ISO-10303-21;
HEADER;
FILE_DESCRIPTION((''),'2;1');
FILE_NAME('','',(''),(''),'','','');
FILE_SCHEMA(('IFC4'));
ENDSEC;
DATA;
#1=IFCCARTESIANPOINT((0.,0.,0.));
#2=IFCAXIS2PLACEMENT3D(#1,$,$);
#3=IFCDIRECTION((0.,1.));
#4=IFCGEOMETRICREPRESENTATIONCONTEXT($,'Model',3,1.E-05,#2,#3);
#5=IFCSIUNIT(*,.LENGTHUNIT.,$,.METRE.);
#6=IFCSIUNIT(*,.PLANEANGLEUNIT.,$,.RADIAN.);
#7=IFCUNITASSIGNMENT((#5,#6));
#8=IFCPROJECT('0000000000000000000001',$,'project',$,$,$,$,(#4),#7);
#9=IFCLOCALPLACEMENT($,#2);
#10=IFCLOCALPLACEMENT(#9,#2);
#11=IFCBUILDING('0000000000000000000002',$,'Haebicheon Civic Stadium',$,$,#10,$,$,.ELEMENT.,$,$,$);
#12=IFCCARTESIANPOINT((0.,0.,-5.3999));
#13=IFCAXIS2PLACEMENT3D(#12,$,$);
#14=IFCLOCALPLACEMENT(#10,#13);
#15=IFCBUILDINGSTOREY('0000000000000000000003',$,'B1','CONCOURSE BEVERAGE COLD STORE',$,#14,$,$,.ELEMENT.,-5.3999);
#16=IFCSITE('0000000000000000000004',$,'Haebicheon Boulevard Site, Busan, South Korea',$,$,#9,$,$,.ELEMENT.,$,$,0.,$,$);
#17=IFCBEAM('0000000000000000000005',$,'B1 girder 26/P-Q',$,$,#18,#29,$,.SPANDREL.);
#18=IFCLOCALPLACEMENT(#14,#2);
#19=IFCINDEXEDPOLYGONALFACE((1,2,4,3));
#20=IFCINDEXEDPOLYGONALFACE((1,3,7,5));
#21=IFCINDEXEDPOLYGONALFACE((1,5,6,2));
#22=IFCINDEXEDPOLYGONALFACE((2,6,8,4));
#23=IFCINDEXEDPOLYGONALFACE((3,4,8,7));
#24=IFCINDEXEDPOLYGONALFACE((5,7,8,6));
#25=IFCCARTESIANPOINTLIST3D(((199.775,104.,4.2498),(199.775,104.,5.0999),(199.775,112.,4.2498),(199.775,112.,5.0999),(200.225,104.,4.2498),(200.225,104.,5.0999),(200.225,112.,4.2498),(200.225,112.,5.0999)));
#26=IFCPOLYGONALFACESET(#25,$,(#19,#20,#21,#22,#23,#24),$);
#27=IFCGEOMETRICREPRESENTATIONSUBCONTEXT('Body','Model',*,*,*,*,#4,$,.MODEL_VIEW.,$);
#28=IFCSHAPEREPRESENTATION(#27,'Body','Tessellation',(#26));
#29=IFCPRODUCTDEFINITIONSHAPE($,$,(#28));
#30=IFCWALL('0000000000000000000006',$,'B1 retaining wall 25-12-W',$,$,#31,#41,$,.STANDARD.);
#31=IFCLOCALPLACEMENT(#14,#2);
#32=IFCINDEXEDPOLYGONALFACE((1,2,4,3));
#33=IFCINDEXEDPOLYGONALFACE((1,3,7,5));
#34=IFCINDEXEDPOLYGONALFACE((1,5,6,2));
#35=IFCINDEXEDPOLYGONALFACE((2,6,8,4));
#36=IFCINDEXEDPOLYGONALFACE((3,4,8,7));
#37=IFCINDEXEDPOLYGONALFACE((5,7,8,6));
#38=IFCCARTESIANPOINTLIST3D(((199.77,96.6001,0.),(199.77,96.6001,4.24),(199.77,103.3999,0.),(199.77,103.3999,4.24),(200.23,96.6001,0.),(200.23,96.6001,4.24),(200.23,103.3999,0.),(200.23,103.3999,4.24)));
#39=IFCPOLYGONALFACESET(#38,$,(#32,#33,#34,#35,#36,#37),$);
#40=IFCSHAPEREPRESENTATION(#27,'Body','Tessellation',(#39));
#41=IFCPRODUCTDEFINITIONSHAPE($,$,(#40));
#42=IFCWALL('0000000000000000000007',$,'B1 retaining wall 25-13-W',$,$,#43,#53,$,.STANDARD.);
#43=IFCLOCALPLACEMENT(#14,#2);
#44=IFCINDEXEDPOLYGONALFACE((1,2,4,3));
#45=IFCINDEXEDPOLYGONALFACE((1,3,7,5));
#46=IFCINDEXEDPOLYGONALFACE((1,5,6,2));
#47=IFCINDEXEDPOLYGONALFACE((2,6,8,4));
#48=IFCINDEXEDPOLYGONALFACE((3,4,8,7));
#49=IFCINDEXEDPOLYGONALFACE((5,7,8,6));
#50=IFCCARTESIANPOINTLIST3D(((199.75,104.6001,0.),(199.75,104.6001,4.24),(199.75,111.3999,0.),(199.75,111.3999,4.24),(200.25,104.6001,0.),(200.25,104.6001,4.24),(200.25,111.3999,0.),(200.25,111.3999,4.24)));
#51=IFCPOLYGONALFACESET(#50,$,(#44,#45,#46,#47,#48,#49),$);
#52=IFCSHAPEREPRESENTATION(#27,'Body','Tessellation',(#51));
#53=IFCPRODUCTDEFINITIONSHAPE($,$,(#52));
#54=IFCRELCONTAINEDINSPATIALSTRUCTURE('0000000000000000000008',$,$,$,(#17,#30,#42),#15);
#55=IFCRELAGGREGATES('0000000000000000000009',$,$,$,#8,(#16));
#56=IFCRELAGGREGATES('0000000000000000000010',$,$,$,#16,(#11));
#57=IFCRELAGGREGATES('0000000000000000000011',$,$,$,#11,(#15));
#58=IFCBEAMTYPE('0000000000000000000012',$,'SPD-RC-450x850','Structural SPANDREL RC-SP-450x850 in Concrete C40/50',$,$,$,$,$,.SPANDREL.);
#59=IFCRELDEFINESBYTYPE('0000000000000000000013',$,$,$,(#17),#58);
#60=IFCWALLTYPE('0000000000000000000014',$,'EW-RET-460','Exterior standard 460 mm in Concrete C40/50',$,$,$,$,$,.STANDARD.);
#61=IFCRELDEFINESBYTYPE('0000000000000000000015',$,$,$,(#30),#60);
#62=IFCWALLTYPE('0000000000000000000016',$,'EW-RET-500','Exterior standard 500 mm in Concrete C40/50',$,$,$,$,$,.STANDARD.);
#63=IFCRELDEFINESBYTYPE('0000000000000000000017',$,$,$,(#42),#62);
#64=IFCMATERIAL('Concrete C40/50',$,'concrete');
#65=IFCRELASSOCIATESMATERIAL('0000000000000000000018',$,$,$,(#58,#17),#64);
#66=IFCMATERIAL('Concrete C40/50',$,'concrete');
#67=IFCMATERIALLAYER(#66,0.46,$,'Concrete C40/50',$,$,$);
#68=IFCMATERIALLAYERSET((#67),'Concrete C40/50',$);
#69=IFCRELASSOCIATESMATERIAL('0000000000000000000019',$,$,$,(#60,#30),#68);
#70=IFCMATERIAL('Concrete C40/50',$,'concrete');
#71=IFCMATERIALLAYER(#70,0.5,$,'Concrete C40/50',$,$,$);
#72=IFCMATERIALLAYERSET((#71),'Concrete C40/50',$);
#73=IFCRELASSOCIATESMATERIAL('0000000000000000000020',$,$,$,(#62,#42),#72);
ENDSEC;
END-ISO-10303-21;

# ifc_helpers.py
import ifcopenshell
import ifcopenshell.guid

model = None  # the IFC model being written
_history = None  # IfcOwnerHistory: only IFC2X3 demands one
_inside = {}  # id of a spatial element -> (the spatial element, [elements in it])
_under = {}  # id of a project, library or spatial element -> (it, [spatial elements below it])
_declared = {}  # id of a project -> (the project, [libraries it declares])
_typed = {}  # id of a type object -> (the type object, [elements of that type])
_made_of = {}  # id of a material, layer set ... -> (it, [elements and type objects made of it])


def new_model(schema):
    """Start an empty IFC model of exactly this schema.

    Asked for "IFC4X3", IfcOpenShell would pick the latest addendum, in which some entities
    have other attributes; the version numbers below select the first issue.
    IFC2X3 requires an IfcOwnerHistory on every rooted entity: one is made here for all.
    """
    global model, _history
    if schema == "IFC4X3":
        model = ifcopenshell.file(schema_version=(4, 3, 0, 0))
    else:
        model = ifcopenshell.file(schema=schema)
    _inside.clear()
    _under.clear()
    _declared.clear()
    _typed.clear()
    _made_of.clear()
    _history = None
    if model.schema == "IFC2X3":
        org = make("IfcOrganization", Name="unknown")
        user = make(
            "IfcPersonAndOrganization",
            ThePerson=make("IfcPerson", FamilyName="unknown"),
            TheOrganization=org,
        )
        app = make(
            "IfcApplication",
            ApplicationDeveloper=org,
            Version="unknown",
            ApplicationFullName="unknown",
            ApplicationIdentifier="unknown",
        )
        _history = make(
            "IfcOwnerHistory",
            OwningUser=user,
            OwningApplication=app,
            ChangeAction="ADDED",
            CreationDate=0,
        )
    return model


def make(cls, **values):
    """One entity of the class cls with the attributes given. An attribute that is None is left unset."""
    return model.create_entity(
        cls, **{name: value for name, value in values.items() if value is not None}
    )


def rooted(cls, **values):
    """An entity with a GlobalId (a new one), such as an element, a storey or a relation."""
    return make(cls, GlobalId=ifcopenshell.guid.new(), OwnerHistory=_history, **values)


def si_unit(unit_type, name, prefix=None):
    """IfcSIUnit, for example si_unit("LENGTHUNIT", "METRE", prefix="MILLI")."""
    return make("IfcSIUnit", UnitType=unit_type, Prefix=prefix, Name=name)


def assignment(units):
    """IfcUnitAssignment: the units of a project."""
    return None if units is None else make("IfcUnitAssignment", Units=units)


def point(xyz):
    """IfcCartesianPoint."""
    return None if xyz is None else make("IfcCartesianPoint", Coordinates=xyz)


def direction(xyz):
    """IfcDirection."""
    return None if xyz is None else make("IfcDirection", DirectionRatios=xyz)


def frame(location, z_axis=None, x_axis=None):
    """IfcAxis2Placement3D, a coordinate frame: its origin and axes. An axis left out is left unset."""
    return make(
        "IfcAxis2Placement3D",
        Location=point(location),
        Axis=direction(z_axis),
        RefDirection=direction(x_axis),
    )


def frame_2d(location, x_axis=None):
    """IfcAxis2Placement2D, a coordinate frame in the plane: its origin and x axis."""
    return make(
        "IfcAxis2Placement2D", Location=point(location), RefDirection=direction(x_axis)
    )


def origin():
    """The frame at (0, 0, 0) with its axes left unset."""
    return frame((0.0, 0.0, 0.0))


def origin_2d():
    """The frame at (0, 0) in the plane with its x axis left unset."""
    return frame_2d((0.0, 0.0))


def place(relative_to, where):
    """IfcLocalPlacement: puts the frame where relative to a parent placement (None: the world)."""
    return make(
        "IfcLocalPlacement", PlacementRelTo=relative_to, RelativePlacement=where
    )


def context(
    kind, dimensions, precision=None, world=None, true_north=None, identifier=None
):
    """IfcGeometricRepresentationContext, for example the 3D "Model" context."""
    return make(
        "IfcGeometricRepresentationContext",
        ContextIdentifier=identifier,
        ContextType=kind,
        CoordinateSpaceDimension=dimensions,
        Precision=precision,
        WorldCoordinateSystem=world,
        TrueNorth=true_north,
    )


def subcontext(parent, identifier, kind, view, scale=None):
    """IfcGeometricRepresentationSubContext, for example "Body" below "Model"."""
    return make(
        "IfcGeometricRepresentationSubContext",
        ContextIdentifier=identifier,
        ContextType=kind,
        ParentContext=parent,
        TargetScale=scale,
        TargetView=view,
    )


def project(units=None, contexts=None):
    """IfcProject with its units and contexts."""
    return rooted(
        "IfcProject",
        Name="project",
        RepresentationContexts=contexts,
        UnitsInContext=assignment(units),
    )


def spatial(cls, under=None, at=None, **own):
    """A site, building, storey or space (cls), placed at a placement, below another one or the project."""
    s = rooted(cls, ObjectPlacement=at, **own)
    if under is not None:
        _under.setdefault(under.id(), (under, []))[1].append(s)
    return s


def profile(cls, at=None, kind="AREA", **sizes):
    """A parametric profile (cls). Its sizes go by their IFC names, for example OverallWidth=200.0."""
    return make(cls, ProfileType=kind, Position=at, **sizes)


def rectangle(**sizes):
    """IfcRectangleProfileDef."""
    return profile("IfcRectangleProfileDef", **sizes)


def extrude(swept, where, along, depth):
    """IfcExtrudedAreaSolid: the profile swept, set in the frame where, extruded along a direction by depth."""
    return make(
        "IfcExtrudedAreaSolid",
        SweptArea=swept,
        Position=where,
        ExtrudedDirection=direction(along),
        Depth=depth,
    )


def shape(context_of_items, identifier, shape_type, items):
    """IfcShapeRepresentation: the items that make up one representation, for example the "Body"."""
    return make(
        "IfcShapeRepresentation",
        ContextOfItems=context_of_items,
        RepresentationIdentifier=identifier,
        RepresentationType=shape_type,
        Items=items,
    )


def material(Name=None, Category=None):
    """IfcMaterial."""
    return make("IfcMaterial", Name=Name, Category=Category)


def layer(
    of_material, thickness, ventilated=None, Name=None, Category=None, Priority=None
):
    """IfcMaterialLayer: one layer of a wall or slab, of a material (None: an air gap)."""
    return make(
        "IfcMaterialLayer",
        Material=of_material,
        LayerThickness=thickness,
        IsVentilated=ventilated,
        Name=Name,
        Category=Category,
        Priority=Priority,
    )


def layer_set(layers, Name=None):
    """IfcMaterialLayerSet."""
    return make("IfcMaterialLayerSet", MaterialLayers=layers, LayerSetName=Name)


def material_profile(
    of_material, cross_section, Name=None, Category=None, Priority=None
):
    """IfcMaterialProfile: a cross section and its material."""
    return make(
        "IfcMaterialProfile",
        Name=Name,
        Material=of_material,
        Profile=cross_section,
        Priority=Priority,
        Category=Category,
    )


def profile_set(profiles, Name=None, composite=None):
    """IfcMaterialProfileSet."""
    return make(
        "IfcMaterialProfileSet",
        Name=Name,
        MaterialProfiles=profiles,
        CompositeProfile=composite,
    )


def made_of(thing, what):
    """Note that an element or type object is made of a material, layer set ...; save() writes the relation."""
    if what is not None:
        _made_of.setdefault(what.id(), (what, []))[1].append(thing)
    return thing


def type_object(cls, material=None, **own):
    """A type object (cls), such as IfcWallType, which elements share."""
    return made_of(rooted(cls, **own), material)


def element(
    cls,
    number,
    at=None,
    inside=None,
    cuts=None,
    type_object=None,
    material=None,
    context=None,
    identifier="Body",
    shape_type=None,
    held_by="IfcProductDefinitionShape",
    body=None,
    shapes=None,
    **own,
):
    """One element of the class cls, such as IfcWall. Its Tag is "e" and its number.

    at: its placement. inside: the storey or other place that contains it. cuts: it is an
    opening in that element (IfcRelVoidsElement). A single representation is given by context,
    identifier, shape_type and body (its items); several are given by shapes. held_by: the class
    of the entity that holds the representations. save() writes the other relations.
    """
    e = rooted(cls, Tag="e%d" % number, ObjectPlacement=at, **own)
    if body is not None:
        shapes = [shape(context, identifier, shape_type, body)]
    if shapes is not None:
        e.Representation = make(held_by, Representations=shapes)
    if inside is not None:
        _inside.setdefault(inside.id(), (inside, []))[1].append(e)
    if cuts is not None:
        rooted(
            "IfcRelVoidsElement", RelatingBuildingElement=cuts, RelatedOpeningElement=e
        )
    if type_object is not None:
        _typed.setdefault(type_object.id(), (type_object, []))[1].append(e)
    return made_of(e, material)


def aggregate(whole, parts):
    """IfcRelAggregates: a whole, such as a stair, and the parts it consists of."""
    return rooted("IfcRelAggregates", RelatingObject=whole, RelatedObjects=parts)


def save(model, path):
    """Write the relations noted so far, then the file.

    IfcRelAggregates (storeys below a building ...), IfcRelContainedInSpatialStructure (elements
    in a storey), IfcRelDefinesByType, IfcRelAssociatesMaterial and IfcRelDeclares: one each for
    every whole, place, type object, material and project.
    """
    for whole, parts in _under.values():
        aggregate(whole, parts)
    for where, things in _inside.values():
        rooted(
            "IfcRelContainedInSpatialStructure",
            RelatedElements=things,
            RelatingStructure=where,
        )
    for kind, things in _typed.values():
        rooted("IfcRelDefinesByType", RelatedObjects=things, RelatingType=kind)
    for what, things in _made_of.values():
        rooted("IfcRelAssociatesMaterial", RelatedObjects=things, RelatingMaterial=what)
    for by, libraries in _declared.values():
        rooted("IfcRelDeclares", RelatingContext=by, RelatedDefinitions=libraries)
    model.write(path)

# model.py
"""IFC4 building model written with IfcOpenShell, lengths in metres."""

from ifc_helpers import new_model, si_unit, direction, frame, frame_2d, origin, origin_2d, place, context, subcontext, project, spatial, rectangle, extrude, material, layer, layer_set, material_profile, profile_set, type_object, element, save


model = new_model("IFC4")

# Units and contexts
model_context = context("Model", 3, precision=1e-05, world=origin(), true_north=direction((0.0, 1.0)))
body_context = subcontext(model_context, "Body", "Model", "MODEL_VIEW")
ifc_project = project(units=[si_unit("LENGTHUNIT", "METRE"), si_unit("PLANEANGLEUNIT", "RADIAN")], contexts=[model_context])

# Site, building, storey
site_placement = place(None, origin())
site = spatial("IfcSite", under=ifc_project, at=site_placement, Name="Haebicheon Boulevard Site, Busan, South Korea", CompositionType="ELEMENT", RefElevation=0.0)
building_placement = place(site_placement, origin())
building = spatial("IfcBuilding", under=site, at=building_placement, Name="Haebicheon Civic Stadium", CompositionType="ELEMENT")
storey_placement = place(building_placement, frame((0.0, 0.0, -5.3999)))
storey = spatial("IfcBuildingStorey", under=building, at=storey_placement, Name="B1", Description="CONCOURSE BEVERAGE COLD STORE", CompositionType="ELEMENT", Elevation=-5.3999)

# Beam
ifc_material_1 = material(Name="Concrete C40/50", Category="concrete")
ifc_material_profile_1 = material_profile(ifc_material_1, rectangle(XDim=0.45, YDim=0.8501, at=origin_2d()), Name="RC-SP-450x850")
ifc_profile_set_1 = profile_set([ifc_material_profile_1], Name="Concrete C40/50")
beam_type_1 = type_object("IfcBeamType", Name="SPD-RC-450x850", Description="Structural SPANDREL RC-SP-450x850 in Concrete C40/50", PredefinedType="SPANDREL", material=ifc_profile_set_1)
beam_placement = place(storey_placement, frame((200.0, 104.0, 4.6748), z_axis=(0.0, 1.0, 0.0), x_axis=(-1.0, 0.0, 0.0)))
element("IfcBeam", 1, at=beam_placement, inside=storey, type_object=beam_type_1, material=ifc_profile_set_1, Name="B1 girder 26/P-Q", PredefinedType="SPANDREL", context=body_context, shape_type="SweptSolid", body=[
    extrude(rectangle(XDim=0.45, YDim=0.8501, at=origin_2d()), origin(), (0.0, 0.0, 1.0), 8.0),
])

# Walls
ifc_material_2 = material(Name="Concrete C40/50", Category="concrete")
ifc_layer_1 = layer(ifc_material_2, 0.46, Name="Concrete C40/50")
ifc_layer_set_1 = layer_set([ifc_layer_1], Name="Concrete C40/50")
wall_type_1 = type_object("IfcWallType", Name="EW-RET-460", Description="Exterior standard 460 mm in Concrete C40/50", PredefinedType="STANDARD", material=ifc_layer_set_1)
wall_1_placement = place(storey_placement, frame((200.0, 96.6001, 0.0), z_axis=(0.0, 0.0, 1.0), x_axis=(0.0, 1.0, 0.0)))
element("IfcWall", 2, at=wall_1_placement, inside=storey, type_object=wall_type_1, material=ifc_layer_set_1, Name="B1 retaining wall 25-12-W", PredefinedType="STANDARD", context=body_context, shape_type="SweptSolid", body=[
    extrude(rectangle(XDim=6.7998, YDim=0.46, at=frame_2d((3.3999, 0.0))), origin(), (0.0, 0.0, 1.0), 4.24),
])
ifc_material_3 = material(Name="Concrete C40/50", Category="concrete")
ifc_layer_2 = layer(ifc_material_3, 0.5, Name="Concrete C40/50")
ifc_layer_set_2 = layer_set([ifc_layer_2], Name="Concrete C40/50")
wall_type_2 = type_object("IfcWallType", Name="EW-RET-500", Description="Exterior standard 500 mm in Concrete C40/50", PredefinedType="STANDARD", material=ifc_layer_set_2)
wall_2_placement = place(storey_placement, frame((200.0, 104.6001, 0.0), z_axis=(0.0, 0.0, 1.0), x_axis=(0.0, 1.0, 0.0)))
element("IfcWall", 3, at=wall_2_placement, inside=storey, type_object=wall_type_2, material=ifc_layer_set_2, Name="B1 retaining wall 25-13-W", PredefinedType="STANDARD", context=body_context, shape_type="SweptSolid", body=[
    extrude(rectangle(XDim=6.7998, YDim=0.5, at=frame_2d((3.3999, 0.0))), origin(), (0.0, 0.0, 1.0), 4.24),
])

save(model, "model.ifc")
